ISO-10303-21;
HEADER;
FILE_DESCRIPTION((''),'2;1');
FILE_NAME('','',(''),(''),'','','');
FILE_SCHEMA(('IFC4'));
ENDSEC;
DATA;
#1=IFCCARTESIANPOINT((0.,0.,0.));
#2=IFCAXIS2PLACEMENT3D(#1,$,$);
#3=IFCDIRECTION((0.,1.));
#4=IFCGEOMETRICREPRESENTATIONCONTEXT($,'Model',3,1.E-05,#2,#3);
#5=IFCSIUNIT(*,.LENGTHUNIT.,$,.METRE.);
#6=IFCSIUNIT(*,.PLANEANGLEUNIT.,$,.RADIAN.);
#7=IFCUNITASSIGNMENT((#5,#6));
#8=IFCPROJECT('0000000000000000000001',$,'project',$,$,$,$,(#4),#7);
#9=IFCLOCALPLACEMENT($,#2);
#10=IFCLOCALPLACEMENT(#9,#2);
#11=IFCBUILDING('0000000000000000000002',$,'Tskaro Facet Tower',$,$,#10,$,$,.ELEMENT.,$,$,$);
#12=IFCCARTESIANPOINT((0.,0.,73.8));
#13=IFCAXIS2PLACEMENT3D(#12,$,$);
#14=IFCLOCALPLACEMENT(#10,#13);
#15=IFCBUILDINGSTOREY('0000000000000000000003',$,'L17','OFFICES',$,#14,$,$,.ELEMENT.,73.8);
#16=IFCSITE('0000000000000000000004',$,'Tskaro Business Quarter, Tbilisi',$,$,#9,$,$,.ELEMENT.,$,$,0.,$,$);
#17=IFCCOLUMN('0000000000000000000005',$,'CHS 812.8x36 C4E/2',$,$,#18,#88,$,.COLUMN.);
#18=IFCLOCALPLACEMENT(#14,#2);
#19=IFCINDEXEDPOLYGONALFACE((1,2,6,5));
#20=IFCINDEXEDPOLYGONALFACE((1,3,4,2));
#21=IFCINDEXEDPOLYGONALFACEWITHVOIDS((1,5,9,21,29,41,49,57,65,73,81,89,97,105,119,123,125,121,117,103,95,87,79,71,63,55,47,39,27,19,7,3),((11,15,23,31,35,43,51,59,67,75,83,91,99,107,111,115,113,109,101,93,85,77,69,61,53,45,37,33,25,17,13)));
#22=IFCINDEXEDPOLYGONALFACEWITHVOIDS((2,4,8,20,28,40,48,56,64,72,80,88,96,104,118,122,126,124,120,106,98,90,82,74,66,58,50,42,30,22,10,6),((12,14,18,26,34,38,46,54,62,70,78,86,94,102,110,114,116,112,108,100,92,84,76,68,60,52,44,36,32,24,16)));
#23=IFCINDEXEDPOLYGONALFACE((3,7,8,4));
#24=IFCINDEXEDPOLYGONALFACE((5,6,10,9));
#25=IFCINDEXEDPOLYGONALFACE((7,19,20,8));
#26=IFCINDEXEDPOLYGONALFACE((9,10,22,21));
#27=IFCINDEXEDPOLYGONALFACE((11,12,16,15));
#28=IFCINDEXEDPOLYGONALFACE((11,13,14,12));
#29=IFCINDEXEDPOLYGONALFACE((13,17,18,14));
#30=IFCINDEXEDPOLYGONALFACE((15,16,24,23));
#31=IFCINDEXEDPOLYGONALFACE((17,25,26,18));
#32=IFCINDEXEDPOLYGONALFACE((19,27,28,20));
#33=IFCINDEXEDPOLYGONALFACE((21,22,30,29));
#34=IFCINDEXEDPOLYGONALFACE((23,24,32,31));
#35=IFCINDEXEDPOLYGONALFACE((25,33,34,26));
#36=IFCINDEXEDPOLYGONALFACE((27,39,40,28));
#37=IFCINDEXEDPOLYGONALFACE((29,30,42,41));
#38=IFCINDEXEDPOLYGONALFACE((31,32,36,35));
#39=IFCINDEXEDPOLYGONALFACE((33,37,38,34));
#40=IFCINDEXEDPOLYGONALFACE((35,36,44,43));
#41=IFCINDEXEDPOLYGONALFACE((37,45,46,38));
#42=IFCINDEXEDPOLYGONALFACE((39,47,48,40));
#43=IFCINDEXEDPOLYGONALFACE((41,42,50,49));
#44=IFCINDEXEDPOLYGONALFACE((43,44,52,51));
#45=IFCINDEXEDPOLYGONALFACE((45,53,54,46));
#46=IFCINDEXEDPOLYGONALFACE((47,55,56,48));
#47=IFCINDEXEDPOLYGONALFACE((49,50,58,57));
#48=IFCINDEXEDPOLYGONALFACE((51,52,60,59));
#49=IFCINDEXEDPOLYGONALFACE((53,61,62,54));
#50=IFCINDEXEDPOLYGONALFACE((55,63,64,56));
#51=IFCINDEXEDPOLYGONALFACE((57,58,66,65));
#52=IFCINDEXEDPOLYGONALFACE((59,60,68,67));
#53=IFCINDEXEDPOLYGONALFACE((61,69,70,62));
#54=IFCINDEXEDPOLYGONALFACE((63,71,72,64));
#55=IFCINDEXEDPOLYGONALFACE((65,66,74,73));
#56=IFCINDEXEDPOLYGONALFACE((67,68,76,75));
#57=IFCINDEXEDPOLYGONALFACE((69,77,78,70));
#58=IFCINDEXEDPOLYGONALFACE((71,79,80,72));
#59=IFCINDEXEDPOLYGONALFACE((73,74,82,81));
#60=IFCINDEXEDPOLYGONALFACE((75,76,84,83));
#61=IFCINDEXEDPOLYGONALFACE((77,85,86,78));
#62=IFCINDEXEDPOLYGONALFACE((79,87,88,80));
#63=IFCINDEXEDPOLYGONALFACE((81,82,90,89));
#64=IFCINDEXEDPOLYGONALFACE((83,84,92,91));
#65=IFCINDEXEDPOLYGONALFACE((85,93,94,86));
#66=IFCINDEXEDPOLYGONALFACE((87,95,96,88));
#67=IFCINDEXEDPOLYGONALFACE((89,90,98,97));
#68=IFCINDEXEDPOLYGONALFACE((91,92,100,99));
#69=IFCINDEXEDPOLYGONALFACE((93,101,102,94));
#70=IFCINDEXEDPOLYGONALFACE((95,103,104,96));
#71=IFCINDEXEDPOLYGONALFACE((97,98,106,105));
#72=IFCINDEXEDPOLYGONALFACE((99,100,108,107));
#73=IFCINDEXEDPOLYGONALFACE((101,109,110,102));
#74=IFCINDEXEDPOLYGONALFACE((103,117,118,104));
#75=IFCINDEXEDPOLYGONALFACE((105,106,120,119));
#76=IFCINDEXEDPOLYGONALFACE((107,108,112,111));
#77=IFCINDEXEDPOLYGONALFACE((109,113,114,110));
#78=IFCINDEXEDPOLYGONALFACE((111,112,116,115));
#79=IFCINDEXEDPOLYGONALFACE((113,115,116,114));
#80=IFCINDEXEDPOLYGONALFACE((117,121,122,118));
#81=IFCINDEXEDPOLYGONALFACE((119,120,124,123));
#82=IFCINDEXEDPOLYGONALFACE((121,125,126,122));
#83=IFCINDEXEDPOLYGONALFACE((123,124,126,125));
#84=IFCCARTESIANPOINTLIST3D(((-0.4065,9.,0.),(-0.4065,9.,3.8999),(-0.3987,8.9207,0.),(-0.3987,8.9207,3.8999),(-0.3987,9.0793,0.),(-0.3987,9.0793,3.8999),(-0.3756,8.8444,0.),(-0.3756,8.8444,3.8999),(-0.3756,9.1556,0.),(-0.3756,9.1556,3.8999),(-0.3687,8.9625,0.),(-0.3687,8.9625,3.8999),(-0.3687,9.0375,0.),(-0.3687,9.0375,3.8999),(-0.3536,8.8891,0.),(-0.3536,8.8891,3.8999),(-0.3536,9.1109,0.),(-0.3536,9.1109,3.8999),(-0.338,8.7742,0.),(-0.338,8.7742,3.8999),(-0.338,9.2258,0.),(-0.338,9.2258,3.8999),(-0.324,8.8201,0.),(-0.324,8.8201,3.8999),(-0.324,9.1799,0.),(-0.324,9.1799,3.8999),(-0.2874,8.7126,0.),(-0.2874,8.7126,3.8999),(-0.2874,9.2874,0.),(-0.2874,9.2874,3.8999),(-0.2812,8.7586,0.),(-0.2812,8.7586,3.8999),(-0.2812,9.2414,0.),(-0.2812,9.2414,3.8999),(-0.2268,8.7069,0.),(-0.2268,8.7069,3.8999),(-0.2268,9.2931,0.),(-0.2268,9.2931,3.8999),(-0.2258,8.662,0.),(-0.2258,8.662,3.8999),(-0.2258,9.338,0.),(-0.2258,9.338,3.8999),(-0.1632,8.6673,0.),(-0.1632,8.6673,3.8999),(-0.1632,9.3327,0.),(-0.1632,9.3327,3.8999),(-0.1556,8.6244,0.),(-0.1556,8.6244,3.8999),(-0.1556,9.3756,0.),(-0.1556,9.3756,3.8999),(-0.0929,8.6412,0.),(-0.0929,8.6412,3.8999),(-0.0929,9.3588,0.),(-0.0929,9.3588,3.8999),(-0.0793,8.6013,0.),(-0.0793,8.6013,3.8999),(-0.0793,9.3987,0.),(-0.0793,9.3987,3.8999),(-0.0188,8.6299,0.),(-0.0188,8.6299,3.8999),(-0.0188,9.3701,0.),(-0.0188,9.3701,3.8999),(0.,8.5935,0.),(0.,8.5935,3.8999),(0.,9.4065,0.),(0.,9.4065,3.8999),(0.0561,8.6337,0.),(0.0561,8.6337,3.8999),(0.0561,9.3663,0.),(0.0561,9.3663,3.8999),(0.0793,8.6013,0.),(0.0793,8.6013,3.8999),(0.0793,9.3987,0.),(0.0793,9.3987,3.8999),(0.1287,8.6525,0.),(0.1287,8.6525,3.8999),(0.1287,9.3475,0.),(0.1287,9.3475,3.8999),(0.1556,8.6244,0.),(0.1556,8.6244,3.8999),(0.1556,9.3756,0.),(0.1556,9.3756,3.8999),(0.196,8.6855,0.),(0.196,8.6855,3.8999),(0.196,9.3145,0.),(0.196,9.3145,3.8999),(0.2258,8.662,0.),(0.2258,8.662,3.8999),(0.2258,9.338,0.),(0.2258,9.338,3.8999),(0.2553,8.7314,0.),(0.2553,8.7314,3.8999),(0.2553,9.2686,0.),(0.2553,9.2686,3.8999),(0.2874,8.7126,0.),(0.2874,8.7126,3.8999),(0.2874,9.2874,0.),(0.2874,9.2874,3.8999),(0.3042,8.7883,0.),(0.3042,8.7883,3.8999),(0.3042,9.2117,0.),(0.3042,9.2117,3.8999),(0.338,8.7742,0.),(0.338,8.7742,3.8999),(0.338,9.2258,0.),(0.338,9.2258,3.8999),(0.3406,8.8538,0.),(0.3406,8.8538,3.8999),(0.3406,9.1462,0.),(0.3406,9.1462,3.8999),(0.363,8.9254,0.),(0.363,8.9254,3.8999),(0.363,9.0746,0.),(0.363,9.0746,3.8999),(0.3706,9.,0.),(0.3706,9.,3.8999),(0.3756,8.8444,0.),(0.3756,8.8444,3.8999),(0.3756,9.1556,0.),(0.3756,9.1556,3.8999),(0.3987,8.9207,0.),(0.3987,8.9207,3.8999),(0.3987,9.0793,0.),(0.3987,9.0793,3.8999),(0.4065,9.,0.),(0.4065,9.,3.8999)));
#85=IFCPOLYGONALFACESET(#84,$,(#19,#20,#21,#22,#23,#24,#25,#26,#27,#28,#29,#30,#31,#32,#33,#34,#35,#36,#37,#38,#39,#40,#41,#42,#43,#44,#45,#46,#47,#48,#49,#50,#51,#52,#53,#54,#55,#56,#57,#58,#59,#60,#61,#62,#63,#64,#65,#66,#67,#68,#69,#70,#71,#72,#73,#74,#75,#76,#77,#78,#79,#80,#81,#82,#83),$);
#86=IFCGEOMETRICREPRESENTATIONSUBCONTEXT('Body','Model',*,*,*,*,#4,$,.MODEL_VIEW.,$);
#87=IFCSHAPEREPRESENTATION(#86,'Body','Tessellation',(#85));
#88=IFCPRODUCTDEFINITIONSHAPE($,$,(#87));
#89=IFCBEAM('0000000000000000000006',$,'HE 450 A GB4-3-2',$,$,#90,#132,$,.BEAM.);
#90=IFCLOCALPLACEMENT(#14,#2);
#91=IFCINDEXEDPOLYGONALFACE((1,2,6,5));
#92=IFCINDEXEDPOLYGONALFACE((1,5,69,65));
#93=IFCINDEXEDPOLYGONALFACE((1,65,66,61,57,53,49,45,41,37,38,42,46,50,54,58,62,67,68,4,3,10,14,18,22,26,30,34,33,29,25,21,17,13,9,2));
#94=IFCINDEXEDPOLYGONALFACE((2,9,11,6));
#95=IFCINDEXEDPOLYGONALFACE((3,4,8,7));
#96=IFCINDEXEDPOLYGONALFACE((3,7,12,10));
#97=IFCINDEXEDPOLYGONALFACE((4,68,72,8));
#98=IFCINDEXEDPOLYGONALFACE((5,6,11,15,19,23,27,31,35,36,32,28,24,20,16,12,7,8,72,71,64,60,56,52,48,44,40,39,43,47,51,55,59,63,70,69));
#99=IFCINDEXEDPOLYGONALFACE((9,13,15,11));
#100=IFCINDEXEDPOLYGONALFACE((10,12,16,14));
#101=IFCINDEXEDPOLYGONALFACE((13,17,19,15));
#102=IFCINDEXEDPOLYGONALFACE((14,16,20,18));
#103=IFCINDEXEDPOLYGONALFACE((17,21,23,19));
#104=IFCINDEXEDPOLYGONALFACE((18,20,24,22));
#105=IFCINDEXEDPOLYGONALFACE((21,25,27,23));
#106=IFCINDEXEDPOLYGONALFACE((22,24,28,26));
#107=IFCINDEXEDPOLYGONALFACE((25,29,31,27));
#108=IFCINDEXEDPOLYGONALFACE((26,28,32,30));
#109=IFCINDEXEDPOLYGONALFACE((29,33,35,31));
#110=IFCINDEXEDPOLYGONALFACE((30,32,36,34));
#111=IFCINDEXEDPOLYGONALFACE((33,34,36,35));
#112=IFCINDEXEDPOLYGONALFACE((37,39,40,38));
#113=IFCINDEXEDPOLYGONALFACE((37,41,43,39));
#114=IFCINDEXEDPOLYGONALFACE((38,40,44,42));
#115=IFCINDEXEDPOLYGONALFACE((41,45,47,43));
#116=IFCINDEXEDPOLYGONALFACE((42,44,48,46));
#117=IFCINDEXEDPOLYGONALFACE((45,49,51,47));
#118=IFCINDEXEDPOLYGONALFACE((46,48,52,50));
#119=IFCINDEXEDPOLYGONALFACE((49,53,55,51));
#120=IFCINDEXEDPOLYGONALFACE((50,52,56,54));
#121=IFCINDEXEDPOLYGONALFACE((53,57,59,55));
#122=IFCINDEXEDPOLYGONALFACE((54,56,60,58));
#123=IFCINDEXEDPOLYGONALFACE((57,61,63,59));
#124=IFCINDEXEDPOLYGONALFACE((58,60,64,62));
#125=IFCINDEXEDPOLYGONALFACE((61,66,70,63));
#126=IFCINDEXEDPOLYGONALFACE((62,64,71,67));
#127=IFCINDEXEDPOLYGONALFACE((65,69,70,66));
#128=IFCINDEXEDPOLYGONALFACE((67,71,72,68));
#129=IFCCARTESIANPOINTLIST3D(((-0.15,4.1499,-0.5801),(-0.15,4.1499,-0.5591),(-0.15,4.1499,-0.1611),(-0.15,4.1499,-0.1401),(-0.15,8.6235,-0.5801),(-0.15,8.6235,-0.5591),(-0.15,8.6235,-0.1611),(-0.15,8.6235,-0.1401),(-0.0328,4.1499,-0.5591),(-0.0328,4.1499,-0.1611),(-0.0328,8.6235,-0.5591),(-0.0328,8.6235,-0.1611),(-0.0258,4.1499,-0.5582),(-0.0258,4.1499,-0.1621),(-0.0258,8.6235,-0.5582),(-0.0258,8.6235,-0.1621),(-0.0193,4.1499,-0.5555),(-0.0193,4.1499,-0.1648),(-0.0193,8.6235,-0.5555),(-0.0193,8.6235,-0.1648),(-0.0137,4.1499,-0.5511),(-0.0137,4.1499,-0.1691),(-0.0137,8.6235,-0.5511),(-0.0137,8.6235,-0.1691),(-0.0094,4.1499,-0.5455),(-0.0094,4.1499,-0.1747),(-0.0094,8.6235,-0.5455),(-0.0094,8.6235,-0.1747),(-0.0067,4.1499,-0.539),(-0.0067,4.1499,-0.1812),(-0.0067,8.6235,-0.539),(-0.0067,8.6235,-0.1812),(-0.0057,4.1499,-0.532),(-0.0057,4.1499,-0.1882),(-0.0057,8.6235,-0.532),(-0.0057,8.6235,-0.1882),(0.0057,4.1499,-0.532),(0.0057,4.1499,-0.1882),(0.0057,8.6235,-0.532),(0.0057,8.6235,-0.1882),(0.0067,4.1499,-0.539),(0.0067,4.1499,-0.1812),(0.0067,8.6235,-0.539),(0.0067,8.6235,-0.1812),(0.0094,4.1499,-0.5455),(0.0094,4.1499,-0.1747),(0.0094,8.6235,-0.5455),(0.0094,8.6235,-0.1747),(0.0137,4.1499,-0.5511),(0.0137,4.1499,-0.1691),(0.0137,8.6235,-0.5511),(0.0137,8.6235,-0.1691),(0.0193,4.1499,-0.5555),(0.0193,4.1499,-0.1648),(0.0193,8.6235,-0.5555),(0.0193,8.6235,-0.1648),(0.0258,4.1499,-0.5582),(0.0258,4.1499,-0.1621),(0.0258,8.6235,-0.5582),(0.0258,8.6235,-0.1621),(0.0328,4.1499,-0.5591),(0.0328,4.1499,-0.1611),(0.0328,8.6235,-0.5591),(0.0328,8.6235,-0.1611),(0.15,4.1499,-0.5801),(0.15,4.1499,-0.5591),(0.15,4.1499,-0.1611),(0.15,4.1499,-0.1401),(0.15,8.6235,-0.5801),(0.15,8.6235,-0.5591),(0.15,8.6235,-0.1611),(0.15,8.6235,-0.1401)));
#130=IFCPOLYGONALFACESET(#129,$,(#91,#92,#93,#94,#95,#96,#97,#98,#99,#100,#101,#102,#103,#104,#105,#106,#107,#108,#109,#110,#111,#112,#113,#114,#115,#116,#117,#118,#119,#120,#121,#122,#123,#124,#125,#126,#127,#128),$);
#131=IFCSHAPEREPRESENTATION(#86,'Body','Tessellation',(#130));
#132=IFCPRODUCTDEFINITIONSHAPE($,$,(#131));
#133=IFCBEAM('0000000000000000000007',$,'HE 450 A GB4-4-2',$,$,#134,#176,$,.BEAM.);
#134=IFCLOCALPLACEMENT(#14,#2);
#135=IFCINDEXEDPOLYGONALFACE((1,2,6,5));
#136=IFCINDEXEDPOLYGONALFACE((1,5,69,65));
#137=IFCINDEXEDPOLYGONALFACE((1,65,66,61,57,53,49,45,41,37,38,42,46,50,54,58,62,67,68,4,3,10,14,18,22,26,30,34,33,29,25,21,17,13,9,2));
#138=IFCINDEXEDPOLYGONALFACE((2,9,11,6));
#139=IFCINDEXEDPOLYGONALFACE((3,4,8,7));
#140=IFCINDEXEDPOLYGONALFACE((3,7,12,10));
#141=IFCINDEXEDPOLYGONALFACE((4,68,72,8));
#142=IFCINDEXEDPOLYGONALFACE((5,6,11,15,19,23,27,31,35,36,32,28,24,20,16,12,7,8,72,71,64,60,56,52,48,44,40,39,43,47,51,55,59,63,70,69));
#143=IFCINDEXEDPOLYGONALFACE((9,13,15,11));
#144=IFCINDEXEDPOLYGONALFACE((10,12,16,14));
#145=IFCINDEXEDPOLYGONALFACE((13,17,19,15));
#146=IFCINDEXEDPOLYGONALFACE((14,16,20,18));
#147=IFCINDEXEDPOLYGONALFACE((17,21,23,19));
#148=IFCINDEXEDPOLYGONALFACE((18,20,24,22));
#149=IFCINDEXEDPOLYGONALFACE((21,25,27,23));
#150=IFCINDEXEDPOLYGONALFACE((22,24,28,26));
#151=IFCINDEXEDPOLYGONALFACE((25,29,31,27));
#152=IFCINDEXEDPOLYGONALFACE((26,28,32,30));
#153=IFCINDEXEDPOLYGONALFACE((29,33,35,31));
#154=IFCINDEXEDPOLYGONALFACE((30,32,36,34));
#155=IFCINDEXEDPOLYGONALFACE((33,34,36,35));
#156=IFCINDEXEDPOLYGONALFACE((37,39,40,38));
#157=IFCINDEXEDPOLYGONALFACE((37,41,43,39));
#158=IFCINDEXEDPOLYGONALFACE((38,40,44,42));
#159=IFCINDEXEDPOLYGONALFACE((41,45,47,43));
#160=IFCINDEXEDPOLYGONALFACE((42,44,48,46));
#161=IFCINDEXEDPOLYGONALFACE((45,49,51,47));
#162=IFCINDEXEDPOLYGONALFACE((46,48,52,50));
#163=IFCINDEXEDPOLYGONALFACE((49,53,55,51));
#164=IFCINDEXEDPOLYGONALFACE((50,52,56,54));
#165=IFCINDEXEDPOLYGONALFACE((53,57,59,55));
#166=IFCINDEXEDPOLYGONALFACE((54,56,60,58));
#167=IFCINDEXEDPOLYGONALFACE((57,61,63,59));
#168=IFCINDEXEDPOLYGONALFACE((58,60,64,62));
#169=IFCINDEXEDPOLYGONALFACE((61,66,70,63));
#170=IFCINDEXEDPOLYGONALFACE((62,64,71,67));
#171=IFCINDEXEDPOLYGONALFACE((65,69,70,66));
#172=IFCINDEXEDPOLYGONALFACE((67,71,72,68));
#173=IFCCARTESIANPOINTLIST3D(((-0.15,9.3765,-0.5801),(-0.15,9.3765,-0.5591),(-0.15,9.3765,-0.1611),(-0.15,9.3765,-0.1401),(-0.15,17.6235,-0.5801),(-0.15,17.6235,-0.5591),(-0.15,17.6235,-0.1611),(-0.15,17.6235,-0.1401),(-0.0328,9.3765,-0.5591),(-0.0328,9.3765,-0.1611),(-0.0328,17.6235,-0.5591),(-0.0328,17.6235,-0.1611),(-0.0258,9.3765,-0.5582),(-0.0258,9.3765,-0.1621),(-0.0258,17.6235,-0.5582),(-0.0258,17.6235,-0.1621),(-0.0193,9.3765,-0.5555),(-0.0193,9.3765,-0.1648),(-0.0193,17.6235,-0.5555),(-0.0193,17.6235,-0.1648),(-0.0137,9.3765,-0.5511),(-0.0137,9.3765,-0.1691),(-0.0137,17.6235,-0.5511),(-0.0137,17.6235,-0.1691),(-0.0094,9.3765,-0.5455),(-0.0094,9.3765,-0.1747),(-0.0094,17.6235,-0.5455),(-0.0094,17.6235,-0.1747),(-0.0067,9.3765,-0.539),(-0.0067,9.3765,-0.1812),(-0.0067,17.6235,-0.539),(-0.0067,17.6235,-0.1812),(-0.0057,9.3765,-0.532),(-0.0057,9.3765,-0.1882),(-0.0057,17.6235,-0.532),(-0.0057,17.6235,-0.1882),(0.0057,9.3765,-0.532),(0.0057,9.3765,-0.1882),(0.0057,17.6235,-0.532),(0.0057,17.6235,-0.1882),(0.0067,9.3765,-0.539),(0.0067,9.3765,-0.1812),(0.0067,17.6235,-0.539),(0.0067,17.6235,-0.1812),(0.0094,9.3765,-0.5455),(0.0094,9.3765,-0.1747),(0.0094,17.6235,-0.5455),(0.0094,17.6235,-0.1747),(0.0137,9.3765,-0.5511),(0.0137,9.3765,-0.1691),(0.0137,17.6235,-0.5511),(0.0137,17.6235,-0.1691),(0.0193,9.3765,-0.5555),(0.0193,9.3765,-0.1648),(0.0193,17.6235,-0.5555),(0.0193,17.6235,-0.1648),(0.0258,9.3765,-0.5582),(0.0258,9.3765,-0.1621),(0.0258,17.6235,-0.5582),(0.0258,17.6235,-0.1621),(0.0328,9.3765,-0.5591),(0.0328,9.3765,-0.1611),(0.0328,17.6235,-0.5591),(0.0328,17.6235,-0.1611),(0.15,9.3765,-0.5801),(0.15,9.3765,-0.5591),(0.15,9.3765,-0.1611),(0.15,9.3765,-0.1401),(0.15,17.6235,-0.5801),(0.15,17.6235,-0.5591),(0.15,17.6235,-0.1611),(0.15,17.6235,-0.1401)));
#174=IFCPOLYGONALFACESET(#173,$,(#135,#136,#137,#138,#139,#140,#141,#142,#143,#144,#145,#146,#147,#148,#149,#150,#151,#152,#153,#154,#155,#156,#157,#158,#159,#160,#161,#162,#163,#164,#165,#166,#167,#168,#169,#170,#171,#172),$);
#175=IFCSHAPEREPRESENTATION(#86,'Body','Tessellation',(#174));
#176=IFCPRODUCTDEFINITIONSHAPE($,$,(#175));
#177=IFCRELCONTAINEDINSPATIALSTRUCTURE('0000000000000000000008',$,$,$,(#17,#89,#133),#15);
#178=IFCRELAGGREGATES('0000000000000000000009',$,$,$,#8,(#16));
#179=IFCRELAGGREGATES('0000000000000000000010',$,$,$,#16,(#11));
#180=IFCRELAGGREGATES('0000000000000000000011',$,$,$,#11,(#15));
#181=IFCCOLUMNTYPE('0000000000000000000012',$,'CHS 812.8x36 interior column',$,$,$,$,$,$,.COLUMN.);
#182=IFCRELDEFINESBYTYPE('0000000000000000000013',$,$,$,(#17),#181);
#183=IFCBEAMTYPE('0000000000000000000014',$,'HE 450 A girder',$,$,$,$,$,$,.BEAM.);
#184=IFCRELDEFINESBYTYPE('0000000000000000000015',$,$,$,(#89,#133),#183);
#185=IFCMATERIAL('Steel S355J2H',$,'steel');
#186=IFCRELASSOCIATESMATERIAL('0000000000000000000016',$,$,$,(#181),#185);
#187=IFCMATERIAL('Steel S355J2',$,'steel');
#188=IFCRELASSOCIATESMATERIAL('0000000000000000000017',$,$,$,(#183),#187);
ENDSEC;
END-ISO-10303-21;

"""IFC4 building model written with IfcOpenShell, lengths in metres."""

from ifc_helpers import new_model, si_unit, direction, frame, origin, origin_2d, place, context, subcontext, project, spatial, hollow_circle, i_section, extrude, material, material_profile, profile_set, type_object, element, save


model = new_model("IFC4")

# Units and contexts
model_context = context("Model", 3, precision=1e-05, world=origin(), true_north=direction((0.0, 1.0)))
body_context = subcontext(model_context, "Body", "Model", "MODEL_VIEW")
ifc_project = project(units=[si_unit("LENGTHUNIT", "METRE"), si_unit("PLANEANGLEUNIT", "RADIAN")], contexts=[model_context])

# Site, building, storey
site_placement = place(None, origin())
site = spatial("IfcSite", under=ifc_project, at=site_placement, Name="Tskaro Business Quarter, Tbilisi", CompositionType="ELEMENT", RefElevation=0.0)
building_placement = place(site_placement, origin())
building = spatial("IfcBuilding", under=site, at=building_placement, Name="Tskaro Facet Tower", CompositionType="ELEMENT")
storey_placement = place(building_placement, frame((0.0, 0.0, 73.8)))
storey = spatial("IfcBuildingStorey", under=building, at=storey_placement, Name="L17", Description="OFFICES", CompositionType="ELEMENT", Elevation=73.8)

# Column
ifc_material_1 = material(Name="Steel S355J2H", Category="steel")
ifc_material_profile_1 = material_profile(ifc_material_1, hollow_circle(Radius=0.4065, WallThickness=0.0359, at=origin_2d()), Name="CHS 812.8x36")
ifc_profile_set_1 = profile_set([ifc_material_profile_1], Name="Steel S355J2H")
column_type = type_object("IfcColumnType", Name="CHS 812.8x36 interior column", PredefinedType="COLUMN", material=ifc_profile_set_1)
column_placement = place(storey_placement, frame((0.0, 9.0, 0.0), z_axis=(0.0, 0.0, 1.0), x_axis=(1.0, 0.0, 0.0)))
element("IfcColumn", 1, at=column_placement, inside=storey, type_object=column_type, Name="CHS 812.8x36 C4E/2", PredefinedType="COLUMN", context=body_context, shape_type="SweptSolid", body=[
    extrude(hollow_circle(Radius=0.4065, WallThickness=0.0359, at=origin_2d()), origin(), (0.0, 0.0, 1.0), 3.8999),
])

# Beams
ifc_material_2 = material(Name="Steel S355J2", Category="steel")
ifc_material_profile_2 = material_profile(ifc_material_2, i_section(OverallWidth=0.3, OverallDepth=0.4399, WebThickness=0.0115, FlangeThickness=0.021, FilletRadius=0.0271, at=origin_2d()), Name="HE 450 A")
ifc_profile_set_2 = profile_set([ifc_material_profile_2], Name="Steel S355J2")
beam_type = type_object("IfcBeamType", Name="HE 450 A girder", PredefinedType="BEAM", material=ifc_profile_set_2)
beam_1_placement = place(storey_placement, frame((0.0, 4.1499, -0.3601), z_axis=(0.0, 1.0, 0.0), x_axis=(-1.0, 0.0, 0.0)))
element("IfcBeam", 2, at=beam_1_placement, inside=storey, type_object=beam_type, Name="HE 450 A GB4-3-2", PredefinedType="BEAM", context=body_context, shape_type="SweptSolid", body=[
    extrude(i_section(OverallWidth=0.3, OverallDepth=0.4399, WebThickness=0.0115, FlangeThickness=0.021, FilletRadius=0.0271, at=origin_2d()), origin(), (0.0, 0.0, 1.0), 4.4736),
])
beam_2_placement = place(storey_placement, frame((0.0, 9.3765, -0.3601), z_axis=(0.0, 1.0, 0.0), x_axis=(-1.0, 0.0, 0.0)))
element("IfcBeam", 3, at=beam_2_placement, inside=storey, type_object=beam_type, Name="HE 450 A GB4-4-2", PredefinedType="BEAM", context=body_context, shape_type="SweptSolid", body=[
    extrude(i_section(OverallWidth=0.3, OverallDepth=0.4399, WebThickness=0.0115, FlangeThickness=0.021, FilletRadius=0.0271, at=origin_2d()), origin(), (0.0, 0.0, 1.0), 8.2471),
])

save(model, "model.ifc")
